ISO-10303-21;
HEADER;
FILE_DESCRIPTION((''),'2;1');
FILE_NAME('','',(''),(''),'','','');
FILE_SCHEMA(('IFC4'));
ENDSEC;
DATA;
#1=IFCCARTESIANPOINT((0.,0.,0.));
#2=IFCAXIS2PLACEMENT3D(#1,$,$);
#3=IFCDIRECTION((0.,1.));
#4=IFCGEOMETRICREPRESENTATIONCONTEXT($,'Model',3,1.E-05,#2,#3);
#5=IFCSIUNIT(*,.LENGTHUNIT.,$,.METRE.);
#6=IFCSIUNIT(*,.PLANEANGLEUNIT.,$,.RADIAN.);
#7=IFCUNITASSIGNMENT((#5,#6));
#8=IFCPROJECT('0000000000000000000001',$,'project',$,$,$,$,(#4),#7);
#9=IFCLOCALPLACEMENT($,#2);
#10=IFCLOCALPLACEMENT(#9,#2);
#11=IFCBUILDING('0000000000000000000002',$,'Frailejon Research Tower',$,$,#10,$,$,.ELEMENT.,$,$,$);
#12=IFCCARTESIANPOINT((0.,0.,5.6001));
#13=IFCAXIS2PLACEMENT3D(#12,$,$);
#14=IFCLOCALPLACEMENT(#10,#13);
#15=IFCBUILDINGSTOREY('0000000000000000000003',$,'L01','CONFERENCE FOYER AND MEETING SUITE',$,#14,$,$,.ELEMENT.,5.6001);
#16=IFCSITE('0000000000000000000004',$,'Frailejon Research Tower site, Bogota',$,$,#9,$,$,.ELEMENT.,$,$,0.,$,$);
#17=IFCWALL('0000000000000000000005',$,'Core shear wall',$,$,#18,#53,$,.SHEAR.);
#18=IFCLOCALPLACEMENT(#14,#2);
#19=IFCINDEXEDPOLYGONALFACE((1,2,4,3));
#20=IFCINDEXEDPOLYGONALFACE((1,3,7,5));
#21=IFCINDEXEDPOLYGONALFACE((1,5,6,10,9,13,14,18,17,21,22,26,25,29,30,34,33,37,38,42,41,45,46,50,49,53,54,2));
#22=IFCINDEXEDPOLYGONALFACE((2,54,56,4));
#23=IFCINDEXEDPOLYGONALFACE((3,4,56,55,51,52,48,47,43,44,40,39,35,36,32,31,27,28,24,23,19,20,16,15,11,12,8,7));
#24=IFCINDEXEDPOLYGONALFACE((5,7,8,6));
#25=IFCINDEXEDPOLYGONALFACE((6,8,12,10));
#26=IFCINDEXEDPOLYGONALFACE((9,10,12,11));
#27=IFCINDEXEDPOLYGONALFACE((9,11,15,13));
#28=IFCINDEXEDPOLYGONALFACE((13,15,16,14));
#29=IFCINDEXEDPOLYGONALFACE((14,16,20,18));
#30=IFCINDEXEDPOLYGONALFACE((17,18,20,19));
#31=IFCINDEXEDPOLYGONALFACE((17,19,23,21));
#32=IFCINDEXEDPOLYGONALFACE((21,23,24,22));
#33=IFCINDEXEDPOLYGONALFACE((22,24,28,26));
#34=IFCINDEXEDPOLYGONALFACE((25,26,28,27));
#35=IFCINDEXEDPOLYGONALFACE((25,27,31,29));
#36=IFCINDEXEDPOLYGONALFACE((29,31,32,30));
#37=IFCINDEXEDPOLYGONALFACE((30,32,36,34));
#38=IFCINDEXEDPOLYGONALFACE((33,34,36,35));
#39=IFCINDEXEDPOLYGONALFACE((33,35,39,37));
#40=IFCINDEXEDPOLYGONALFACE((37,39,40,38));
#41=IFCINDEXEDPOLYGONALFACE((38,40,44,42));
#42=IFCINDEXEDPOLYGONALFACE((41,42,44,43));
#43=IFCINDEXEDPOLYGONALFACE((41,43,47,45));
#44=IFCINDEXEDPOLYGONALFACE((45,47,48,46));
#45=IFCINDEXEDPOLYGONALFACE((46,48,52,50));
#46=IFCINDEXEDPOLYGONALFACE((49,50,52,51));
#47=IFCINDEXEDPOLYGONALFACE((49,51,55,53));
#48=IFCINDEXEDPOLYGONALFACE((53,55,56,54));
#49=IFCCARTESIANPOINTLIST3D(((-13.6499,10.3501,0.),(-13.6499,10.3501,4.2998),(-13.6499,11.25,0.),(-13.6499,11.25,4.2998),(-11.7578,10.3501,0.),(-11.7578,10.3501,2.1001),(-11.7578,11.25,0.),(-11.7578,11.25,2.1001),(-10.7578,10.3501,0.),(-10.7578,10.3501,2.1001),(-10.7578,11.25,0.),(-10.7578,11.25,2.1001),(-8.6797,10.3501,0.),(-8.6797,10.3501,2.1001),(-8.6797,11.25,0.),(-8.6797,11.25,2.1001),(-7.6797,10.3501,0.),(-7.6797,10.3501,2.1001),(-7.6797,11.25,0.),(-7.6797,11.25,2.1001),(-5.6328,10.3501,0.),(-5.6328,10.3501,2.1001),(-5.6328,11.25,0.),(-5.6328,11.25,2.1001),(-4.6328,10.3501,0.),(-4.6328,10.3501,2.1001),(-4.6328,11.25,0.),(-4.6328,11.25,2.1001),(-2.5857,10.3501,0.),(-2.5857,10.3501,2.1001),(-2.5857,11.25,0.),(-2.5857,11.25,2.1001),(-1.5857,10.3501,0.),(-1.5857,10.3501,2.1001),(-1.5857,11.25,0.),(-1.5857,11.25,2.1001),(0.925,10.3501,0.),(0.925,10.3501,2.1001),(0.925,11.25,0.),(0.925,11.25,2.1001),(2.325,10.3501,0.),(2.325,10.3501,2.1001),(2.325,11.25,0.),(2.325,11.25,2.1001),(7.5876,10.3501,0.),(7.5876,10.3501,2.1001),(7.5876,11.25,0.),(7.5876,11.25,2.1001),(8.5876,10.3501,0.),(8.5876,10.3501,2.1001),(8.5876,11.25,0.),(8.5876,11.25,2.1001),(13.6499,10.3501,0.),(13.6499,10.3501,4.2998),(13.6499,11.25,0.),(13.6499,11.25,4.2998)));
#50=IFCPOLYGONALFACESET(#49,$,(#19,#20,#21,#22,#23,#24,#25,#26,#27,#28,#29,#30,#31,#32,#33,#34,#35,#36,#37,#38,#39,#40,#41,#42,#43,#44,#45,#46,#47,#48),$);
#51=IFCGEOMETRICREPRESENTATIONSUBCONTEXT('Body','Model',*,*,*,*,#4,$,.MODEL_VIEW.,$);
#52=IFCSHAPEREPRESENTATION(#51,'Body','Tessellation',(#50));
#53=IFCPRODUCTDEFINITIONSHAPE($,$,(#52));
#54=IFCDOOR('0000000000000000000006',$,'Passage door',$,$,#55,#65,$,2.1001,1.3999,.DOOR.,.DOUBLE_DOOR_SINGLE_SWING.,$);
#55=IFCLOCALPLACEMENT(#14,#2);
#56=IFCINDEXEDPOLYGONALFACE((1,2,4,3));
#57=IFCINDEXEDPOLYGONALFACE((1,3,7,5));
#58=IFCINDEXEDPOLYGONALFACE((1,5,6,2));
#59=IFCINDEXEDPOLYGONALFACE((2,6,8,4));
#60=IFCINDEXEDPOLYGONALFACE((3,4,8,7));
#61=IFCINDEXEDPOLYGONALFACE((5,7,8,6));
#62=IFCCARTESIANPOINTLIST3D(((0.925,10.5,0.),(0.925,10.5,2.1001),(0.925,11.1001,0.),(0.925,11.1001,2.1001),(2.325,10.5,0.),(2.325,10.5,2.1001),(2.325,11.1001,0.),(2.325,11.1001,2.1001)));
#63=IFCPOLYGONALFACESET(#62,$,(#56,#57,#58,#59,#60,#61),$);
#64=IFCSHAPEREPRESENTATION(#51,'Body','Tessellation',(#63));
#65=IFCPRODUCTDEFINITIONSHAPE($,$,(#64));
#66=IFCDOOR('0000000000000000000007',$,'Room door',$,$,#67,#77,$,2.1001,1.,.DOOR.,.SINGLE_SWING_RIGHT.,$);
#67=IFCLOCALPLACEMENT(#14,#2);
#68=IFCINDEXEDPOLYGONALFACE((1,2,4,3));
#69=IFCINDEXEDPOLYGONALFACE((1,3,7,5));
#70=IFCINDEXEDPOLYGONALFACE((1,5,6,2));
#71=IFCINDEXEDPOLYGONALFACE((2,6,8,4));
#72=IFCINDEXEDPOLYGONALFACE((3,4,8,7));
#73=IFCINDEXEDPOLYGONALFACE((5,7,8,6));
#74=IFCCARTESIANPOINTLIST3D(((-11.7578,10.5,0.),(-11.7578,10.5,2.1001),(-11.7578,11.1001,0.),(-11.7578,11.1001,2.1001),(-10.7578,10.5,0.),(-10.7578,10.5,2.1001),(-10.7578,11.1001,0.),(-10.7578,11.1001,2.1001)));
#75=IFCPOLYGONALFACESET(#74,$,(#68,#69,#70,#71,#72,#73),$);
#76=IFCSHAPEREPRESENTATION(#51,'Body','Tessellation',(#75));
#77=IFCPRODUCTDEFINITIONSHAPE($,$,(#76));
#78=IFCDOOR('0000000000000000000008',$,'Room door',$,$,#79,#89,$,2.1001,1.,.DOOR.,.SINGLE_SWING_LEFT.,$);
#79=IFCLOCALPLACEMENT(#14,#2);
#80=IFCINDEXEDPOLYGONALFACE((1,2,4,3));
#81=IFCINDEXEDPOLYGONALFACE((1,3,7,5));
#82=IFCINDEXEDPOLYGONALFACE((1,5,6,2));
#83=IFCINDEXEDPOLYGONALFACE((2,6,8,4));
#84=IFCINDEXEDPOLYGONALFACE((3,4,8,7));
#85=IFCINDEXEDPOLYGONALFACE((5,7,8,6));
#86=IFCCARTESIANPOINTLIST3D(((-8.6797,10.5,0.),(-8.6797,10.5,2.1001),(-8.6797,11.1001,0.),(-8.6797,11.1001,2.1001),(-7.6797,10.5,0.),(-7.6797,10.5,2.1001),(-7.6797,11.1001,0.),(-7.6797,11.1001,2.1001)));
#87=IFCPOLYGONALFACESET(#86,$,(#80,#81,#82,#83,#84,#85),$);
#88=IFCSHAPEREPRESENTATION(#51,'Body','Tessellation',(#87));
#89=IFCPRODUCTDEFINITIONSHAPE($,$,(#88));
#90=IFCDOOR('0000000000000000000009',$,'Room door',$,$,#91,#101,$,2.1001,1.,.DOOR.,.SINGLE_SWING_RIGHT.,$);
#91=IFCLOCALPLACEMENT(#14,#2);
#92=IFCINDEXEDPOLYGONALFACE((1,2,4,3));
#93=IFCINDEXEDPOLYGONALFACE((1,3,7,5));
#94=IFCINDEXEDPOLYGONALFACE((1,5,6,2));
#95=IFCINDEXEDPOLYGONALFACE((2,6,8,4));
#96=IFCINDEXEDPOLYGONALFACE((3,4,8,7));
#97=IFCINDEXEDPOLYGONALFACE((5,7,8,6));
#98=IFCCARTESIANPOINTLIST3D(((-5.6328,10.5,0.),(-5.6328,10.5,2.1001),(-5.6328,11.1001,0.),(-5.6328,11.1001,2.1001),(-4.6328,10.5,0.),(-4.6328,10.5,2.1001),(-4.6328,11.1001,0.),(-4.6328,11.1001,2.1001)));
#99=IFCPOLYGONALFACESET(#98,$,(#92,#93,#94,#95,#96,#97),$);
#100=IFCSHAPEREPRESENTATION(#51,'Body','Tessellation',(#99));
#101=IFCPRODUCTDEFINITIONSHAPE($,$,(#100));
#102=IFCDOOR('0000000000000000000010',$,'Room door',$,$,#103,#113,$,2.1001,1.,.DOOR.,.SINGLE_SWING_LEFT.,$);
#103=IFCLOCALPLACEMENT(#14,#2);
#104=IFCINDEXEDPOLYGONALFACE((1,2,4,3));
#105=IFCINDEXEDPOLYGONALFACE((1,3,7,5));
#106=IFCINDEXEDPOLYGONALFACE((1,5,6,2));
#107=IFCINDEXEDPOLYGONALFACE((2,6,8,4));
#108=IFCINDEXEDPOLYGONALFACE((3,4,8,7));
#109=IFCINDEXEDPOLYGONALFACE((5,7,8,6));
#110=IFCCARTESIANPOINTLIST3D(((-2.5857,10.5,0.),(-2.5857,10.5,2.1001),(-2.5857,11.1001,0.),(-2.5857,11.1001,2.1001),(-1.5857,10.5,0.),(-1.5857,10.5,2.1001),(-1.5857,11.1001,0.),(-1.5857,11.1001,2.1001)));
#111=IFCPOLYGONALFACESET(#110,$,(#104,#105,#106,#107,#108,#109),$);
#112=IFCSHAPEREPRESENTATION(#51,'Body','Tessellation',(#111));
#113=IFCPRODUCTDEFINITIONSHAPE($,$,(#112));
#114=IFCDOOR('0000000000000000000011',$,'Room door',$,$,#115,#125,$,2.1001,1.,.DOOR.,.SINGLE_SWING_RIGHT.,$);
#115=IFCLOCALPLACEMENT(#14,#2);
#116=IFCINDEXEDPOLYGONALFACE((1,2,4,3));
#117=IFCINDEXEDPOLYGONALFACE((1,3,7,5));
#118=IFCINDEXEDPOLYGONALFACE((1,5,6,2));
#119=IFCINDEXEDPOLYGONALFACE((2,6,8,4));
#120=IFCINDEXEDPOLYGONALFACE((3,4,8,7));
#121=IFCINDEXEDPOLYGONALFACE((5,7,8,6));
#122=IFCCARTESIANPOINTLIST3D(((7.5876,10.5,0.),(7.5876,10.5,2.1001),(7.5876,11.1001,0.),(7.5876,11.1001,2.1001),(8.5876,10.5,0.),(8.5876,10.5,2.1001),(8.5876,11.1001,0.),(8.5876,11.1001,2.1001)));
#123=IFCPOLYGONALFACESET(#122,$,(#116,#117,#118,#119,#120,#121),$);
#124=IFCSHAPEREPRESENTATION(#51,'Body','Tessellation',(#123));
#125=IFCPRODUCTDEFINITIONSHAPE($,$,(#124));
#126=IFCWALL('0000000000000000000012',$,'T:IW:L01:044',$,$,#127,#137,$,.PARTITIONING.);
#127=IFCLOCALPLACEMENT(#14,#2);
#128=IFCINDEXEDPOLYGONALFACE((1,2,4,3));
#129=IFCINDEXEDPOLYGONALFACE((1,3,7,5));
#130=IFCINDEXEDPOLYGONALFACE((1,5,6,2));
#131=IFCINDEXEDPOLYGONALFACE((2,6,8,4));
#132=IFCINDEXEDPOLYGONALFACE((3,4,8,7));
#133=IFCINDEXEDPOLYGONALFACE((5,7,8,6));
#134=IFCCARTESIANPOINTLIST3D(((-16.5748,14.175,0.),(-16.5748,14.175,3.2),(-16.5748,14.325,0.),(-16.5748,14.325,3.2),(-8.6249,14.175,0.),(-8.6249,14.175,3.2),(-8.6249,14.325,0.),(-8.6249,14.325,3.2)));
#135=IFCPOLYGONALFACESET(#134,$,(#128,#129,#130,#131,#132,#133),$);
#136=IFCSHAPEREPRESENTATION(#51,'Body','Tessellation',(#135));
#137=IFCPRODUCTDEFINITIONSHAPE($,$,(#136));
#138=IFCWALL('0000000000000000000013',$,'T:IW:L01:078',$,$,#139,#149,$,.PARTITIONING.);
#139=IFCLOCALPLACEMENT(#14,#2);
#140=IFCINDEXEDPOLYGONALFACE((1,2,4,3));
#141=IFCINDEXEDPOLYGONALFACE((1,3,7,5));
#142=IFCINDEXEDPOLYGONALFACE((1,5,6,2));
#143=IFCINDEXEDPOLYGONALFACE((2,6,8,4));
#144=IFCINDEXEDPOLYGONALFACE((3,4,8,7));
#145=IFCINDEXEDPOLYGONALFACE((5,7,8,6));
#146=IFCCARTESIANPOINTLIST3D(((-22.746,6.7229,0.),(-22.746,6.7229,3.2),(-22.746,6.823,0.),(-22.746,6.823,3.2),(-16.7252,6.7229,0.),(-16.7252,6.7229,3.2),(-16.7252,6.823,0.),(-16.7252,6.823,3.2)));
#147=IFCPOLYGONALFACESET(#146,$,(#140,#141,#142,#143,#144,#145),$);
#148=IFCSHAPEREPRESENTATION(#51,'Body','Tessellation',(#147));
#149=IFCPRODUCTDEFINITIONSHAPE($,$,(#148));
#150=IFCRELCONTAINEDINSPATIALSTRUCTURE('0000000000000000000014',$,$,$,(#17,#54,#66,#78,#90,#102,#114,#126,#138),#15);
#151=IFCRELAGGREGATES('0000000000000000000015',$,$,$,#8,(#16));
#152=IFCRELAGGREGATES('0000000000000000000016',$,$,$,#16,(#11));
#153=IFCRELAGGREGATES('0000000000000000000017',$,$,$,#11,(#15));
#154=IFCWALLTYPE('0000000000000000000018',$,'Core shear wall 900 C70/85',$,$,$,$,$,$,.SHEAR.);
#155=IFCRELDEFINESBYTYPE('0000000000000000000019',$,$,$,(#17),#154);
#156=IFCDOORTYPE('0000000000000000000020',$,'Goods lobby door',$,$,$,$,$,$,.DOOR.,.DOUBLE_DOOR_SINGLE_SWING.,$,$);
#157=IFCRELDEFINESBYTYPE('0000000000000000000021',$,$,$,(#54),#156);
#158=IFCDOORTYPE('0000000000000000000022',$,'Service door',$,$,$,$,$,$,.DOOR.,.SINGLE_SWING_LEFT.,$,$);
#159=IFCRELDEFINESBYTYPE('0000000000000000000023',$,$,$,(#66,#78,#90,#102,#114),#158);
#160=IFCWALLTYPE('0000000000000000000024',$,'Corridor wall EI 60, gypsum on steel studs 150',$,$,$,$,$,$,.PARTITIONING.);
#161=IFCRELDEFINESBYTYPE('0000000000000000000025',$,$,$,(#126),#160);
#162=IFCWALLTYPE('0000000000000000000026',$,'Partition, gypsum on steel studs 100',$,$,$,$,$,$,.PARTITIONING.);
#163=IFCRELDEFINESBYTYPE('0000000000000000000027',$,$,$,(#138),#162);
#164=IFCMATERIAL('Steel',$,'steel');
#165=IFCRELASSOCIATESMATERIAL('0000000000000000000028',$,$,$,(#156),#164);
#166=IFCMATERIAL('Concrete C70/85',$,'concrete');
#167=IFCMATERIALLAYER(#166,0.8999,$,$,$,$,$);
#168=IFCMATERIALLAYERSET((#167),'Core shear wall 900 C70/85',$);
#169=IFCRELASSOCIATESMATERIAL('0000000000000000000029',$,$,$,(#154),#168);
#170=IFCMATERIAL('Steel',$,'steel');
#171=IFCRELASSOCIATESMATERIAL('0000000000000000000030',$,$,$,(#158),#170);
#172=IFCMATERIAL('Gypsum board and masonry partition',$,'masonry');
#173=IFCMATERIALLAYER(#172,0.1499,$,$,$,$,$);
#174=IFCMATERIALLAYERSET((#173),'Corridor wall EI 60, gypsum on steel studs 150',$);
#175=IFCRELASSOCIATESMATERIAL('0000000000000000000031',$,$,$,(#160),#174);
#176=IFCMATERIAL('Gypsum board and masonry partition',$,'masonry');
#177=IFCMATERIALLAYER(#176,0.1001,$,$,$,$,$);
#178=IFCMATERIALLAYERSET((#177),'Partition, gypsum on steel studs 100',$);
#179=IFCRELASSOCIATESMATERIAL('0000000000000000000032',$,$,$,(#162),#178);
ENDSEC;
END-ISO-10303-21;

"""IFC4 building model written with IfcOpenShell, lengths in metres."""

from ifc_helpers import new_model, si_unit, direction, frame, frame_2d, origin, place, context, subcontext, project, spatial, rectangle, extrude, material, layer, layer_set, type_object, element, fill, save


model = new_model("IFC4")

# Units and contexts
model_context = context("Model", 3, precision=1e-05, world=origin(), true_north=direction((0.0, 1.0)))
body_context = subcontext(model_context, "Body", "Model", "MODEL_VIEW")
ifc_project = project(units=[si_unit("LENGTHUNIT", "METRE"), si_unit("PLANEANGLEUNIT", "RADIAN")], contexts=[model_context])

# Site, building, storey
site_placement = place(None, origin())
site = spatial("IfcSite", under=ifc_project, at=site_placement, Name="Frailejon Research Tower site, Bogota", CompositionType="ELEMENT", RefElevation=0.0)
building_placement = place(site_placement, origin())
building = spatial("IfcBuilding", under=site, at=building_placement, Name="Frailejon Research Tower", CompositionType="ELEMENT")
storey_placement = place(building_placement, frame((0.0, 0.0, 5.6001)))
storey = spatial("IfcBuildingStorey", under=building, at=storey_placement, Name="L01", Description="CONFERENCE FOYER AND MEETING SUITE", CompositionType="ELEMENT", Elevation=5.6001)

# Shared definitions
ifc_material_1 = material(Name="Steel", Category="steel")
door_type_1 = type_object("IfcDoorType", Name="Goods lobby door", OperationType="DOUBLE_DOOR_SINGLE_SWING", PredefinedType="DOOR", material=ifc_material_1)

# Wall, openings, doors
ifc_material_2 = material(Name="Concrete C70/85", Category="concrete")
ifc_layer_1 = layer(ifc_material_2, 0.8999)
ifc_layer_set_1 = layer_set([ifc_layer_1], Name="Core shear wall 900 C70/85")
wall_type_1 = type_object("IfcWallType", Name="Core shear wall 900 C70/85", PredefinedType="SHEAR", material=ifc_layer_set_1)
wall_1_placement = place(storey_placement, frame((-13.6499, 10.8, 0.0), z_axis=(0.0, 0.0, 1.0), x_axis=(1.0, 0.0, 0.0)))
wall_1 = element("IfcWall", 1, at=wall_1_placement, inside=storey, type_object=wall_type_1, Name="Core shear wall", PredefinedType="SHEAR", context=body_context, shape_type="SweptSolid", body=[
    extrude(rectangle(XDim=27.2998, YDim=0.8999, at=frame_2d((13.6499, 0.0))), origin(), (0.0, 0.0, 1.0), 4.2998),
])
opening_1_placement = place(wall_1_placement, frame((1.8921, 0.0, 0.0)))
opening_1 = element("IfcOpeningElement", 2, at=opening_1_placement, cuts=wall_1, PredefinedType="OPENING", context=body_context, shape_type="SweptSolid", body=[
    extrude(rectangle(XDim=1.0, YDim=2.1001, at=frame_2d((0.5, 1.05))), frame((0.0, 0.46, 0.0), z_axis=(0.0, -1.0, 0.0), x_axis=(1.0, 0.0, 0.0)), (0.0, 0.0, 1.0), 0.9199),
])
opening_2_placement = place(wall_1_placement, frame((4.9702, 0.0, 0.0)))
opening_2 = element("IfcOpeningElement", 3, at=opening_2_placement, cuts=wall_1, PredefinedType="OPENING", context=body_context, shape_type="SweptSolid", body=[
    extrude(rectangle(XDim=1.0, YDim=2.1001, at=frame_2d((0.5, 1.05))), frame((0.0, 0.46, 0.0), z_axis=(0.0, -1.0, 0.0), x_axis=(1.0, 0.0, 0.0)), (0.0, 0.0, 1.0), 0.9199),
])
opening_3_placement = place(wall_1_placement, frame((8.0171, 0.0, 0.0)))
opening_3 = element("IfcOpeningElement", 4, at=opening_3_placement, cuts=wall_1, PredefinedType="OPENING", context=body_context, shape_type="SweptSolid", body=[
    extrude(rectangle(XDim=1.0, YDim=2.1001, at=frame_2d((0.5, 1.05))), frame((0.0, 0.46, 0.0), z_axis=(0.0, -1.0, 0.0), x_axis=(1.0, 0.0, 0.0)), (0.0, 0.0, 1.0), 0.9199),
])
opening_4_placement = place(wall_1_placement, frame((11.0642, 0.0, 0.0)))
opening_4 = element("IfcOpeningElement", 5, at=opening_4_placement, cuts=wall_1, PredefinedType="OPENING", context=body_context, shape_type="SweptSolid", body=[
    extrude(rectangle(XDim=1.0, YDim=2.1001, at=frame_2d((0.5, 1.05))), frame((0.0, 0.46, 0.0), z_axis=(0.0, -1.0, 0.0), x_axis=(1.0, 0.0, 0.0)), (0.0, 0.0, 1.0), 0.9199),
])
opening_5_placement = place(wall_1_placement, frame((21.2375, 0.0, 0.0)))
opening_5 = element("IfcOpeningElement", 6, at=opening_5_placement, cuts=wall_1, PredefinedType="OPENING", context=body_context, shape_type="SweptSolid", body=[
    extrude(rectangle(XDim=1.0, YDim=2.1001, at=frame_2d((0.5, 1.05))), frame((0.0, 0.46, 0.0), z_axis=(0.0, -1.0, 0.0), x_axis=(1.0, 0.0, 0.0)), (0.0, 0.0, 1.0), 0.9199),
])
opening_6_placement = place(wall_1_placement, frame((14.575, 0.0, 0.0)))
opening_6 = element("IfcOpeningElement", 7, at=opening_6_placement, cuts=wall_1, PredefinedType="OPENING", context=body_context, shape_type="SweptSolid", body=[
    extrude(rectangle(XDim=1.3999, YDim=2.1001, at=frame_2d((0.7, 1.05))), frame((0.0, 0.46, 0.0), z_axis=(0.0, -1.0, 0.0), x_axis=(1.0, 0.0, 0.0)), (0.0, 0.0, 1.0), 0.9199),
])
door_1_placement = place(opening_6_placement, origin())
door_1 = element("IfcDoor", 8, at=door_1_placement, inside=storey, type_object=door_type_1, Name="Passage door", OperationType="DOUBLE_DOOR_SINGLE_SWING", OverallHeight=2.1001, OverallWidth=1.3999, PredefinedType="DOOR", context=body_context, shape_type="SweptSolid", body=[
    extrude(rectangle(XDim=1.3999, YDim=2.1001, at=frame_2d((0.7, 1.05))), frame((0.0, 0.3, 0.0), z_axis=(0.0, -1.0, 0.0), x_axis=(1.0, 0.0, 0.0)), (0.0, 0.0, 1.0), 0.6001),
])
fill(opening_6, door_1)
ifc_material_3 = material(Name="Steel", Category="steel")
door_type_2 = type_object("IfcDoorType", Name="Service door", OperationType="SINGLE_SWING_LEFT", PredefinedType="DOOR", material=ifc_material_3)
door_2_placement = place(opening_1_placement, origin())
door_2 = element("IfcDoor", 9, at=door_2_placement, inside=storey, type_object=door_type_2, Name="Room door", OperationType="SINGLE_SWING_RIGHT", OverallHeight=2.1001, OverallWidth=1.0, PredefinedType="DOOR", context=body_context, shape_type="SweptSolid", body=[
    extrude(rectangle(XDim=1.0, YDim=2.1001, at=frame_2d((0.5, 1.05))), frame((0.0, 0.3, 0.0), z_axis=(0.0, -1.0, 0.0), x_axis=(1.0, 0.0, 0.0)), (0.0, 0.0, 1.0), 0.6001),
])
fill(opening_1, door_2)
door_3_placement = place(opening_2_placement, origin())
door_3 = element("IfcDoor", 10, at=door_3_placement, inside=storey, type_object=door_type_2, Name="Room door", OperationType="SINGLE_SWING_LEFT", OverallHeight=2.1001, OverallWidth=1.0, PredefinedType="DOOR", context=body_context, shape_type="SweptSolid", body=[
    extrude(rectangle(XDim=1.0, YDim=2.1001, at=frame_2d((0.5, 1.05))), frame((0.0, 0.3, 0.0), z_axis=(0.0, -1.0, 0.0), x_axis=(1.0, 0.0, 0.0)), (0.0, 0.0, 1.0), 0.6001),
])
fill(opening_2, door_3)
door_4_placement = place(opening_3_placement, origin())
door_4 = element("IfcDoor", 11, at=door_4_placement, inside=storey, type_object=door_type_2, Name="Room door", OperationType="SINGLE_SWING_RIGHT", OverallHeight=2.1001, OverallWidth=1.0, PredefinedType="DOOR", context=body_context, shape_type="SweptSolid", body=[
    extrude(rectangle(XDim=1.0, YDim=2.1001, at=frame_2d((0.5, 1.05))), frame((0.0, 0.3, 0.0), z_axis=(0.0, -1.0, 0.0), x_axis=(1.0, 0.0, 0.0)), (0.0, 0.0, 1.0), 0.6001),
])
fill(opening_3, door_4)
door_5_placement = place(opening_4_placement, origin())
door_5 = element("IfcDoor", 12, at=door_5_placement, inside=storey, type_object=door_type_2, Name="Room door", OperationType="SINGLE_SWING_LEFT", OverallHeight=2.1001, OverallWidth=1.0, PredefinedType="DOOR", context=body_context, shape_type="SweptSolid", body=[
    extrude(rectangle(XDim=1.0, YDim=2.1001, at=frame_2d((0.5, 1.05))), frame((0.0, 0.3, 0.0), z_axis=(0.0, -1.0, 0.0), x_axis=(1.0, 0.0, 0.0)), (0.0, 0.0, 1.0), 0.6001),
])
fill(opening_4, door_5)
door_6_placement = place(opening_5_placement, origin())
door_6 = element("IfcDoor", 13, at=door_6_placement, inside=storey, type_object=door_type_2, Name="Room door", OperationType="SINGLE_SWING_RIGHT", OverallHeight=2.1001, OverallWidth=1.0, PredefinedType="DOOR", context=body_context, shape_type="SweptSolid", body=[
    extrude(rectangle(XDim=1.0, YDim=2.1001, at=frame_2d((0.5, 1.05))), frame((0.0, 0.3, 0.0), z_axis=(0.0, -1.0, 0.0), x_axis=(1.0, 0.0, 0.0)), (0.0, 0.0, 1.0), 0.6001),
])
fill(opening_5, door_6)

# Walls
ifc_material_4 = material(Name="Gypsum board and masonry partition", Category="masonry")
ifc_layer_2 = layer(ifc_material_4, 0.1499)
ifc_layer_set_2 = layer_set([ifc_layer_2], Name="Corridor wall EI 60, gypsum on steel studs 150")
wall_type_2 = type_object("IfcWallType", Name="Corridor wall EI 60, gypsum on steel studs 150", PredefinedType="PARTITIONING", material=ifc_layer_set_2)
wall_2_placement = place(storey_placement, frame((-16.575, 14.25, 0.0), z_axis=(0.0, 0.0, 1.0), x_axis=(1.0, 0.0, 0.0)))
element("IfcWall", 14, at=wall_2_placement, inside=storey, type_object=wall_type_2, Name="T:IW:L01:044", PredefinedType="PARTITIONING", context=body_context, shape_type="SweptSolid", body=[
    extrude(rectangle(XDim=7.95, YDim=0.1499, at=frame_2d((3.9751, 0.0))), origin(), (0.0, 0.0, 1.0), 3.2),
])
ifc_material_5 = material(Name="Gypsum board and masonry partition", Category="masonry")
ifc_layer_3 = layer(ifc_material_5, 0.1001)
ifc_layer_set_3 = layer_set([ifc_layer_3], Name="Partition, gypsum on steel studs 100")
wall_type_3 = type_object("IfcWallType", Name="Partition, gypsum on steel studs 100", PredefinedType="PARTITIONING", material=ifc_layer_set_3)
wall_3_placement = place(storey_placement, frame((-22.7458, 6.7729, 0.0), z_axis=(0.0, 0.0, 1.0), x_axis=(1.0, 0.0, 0.0)))
element("IfcWall", 15, at=wall_3_placement, inside=storey, type_object=wall_type_3, Name="T:IW:L01:078", PredefinedType="PARTITIONING", context=body_context, shape_type="SweptSolid", body=[
    extrude(rectangle(XDim=6.0208, YDim=0.1001, at=frame_2d((3.0103, 0.0))), origin(), (0.0, 0.0, 1.0), 3.2),
])

save(model, "model.ifc")
